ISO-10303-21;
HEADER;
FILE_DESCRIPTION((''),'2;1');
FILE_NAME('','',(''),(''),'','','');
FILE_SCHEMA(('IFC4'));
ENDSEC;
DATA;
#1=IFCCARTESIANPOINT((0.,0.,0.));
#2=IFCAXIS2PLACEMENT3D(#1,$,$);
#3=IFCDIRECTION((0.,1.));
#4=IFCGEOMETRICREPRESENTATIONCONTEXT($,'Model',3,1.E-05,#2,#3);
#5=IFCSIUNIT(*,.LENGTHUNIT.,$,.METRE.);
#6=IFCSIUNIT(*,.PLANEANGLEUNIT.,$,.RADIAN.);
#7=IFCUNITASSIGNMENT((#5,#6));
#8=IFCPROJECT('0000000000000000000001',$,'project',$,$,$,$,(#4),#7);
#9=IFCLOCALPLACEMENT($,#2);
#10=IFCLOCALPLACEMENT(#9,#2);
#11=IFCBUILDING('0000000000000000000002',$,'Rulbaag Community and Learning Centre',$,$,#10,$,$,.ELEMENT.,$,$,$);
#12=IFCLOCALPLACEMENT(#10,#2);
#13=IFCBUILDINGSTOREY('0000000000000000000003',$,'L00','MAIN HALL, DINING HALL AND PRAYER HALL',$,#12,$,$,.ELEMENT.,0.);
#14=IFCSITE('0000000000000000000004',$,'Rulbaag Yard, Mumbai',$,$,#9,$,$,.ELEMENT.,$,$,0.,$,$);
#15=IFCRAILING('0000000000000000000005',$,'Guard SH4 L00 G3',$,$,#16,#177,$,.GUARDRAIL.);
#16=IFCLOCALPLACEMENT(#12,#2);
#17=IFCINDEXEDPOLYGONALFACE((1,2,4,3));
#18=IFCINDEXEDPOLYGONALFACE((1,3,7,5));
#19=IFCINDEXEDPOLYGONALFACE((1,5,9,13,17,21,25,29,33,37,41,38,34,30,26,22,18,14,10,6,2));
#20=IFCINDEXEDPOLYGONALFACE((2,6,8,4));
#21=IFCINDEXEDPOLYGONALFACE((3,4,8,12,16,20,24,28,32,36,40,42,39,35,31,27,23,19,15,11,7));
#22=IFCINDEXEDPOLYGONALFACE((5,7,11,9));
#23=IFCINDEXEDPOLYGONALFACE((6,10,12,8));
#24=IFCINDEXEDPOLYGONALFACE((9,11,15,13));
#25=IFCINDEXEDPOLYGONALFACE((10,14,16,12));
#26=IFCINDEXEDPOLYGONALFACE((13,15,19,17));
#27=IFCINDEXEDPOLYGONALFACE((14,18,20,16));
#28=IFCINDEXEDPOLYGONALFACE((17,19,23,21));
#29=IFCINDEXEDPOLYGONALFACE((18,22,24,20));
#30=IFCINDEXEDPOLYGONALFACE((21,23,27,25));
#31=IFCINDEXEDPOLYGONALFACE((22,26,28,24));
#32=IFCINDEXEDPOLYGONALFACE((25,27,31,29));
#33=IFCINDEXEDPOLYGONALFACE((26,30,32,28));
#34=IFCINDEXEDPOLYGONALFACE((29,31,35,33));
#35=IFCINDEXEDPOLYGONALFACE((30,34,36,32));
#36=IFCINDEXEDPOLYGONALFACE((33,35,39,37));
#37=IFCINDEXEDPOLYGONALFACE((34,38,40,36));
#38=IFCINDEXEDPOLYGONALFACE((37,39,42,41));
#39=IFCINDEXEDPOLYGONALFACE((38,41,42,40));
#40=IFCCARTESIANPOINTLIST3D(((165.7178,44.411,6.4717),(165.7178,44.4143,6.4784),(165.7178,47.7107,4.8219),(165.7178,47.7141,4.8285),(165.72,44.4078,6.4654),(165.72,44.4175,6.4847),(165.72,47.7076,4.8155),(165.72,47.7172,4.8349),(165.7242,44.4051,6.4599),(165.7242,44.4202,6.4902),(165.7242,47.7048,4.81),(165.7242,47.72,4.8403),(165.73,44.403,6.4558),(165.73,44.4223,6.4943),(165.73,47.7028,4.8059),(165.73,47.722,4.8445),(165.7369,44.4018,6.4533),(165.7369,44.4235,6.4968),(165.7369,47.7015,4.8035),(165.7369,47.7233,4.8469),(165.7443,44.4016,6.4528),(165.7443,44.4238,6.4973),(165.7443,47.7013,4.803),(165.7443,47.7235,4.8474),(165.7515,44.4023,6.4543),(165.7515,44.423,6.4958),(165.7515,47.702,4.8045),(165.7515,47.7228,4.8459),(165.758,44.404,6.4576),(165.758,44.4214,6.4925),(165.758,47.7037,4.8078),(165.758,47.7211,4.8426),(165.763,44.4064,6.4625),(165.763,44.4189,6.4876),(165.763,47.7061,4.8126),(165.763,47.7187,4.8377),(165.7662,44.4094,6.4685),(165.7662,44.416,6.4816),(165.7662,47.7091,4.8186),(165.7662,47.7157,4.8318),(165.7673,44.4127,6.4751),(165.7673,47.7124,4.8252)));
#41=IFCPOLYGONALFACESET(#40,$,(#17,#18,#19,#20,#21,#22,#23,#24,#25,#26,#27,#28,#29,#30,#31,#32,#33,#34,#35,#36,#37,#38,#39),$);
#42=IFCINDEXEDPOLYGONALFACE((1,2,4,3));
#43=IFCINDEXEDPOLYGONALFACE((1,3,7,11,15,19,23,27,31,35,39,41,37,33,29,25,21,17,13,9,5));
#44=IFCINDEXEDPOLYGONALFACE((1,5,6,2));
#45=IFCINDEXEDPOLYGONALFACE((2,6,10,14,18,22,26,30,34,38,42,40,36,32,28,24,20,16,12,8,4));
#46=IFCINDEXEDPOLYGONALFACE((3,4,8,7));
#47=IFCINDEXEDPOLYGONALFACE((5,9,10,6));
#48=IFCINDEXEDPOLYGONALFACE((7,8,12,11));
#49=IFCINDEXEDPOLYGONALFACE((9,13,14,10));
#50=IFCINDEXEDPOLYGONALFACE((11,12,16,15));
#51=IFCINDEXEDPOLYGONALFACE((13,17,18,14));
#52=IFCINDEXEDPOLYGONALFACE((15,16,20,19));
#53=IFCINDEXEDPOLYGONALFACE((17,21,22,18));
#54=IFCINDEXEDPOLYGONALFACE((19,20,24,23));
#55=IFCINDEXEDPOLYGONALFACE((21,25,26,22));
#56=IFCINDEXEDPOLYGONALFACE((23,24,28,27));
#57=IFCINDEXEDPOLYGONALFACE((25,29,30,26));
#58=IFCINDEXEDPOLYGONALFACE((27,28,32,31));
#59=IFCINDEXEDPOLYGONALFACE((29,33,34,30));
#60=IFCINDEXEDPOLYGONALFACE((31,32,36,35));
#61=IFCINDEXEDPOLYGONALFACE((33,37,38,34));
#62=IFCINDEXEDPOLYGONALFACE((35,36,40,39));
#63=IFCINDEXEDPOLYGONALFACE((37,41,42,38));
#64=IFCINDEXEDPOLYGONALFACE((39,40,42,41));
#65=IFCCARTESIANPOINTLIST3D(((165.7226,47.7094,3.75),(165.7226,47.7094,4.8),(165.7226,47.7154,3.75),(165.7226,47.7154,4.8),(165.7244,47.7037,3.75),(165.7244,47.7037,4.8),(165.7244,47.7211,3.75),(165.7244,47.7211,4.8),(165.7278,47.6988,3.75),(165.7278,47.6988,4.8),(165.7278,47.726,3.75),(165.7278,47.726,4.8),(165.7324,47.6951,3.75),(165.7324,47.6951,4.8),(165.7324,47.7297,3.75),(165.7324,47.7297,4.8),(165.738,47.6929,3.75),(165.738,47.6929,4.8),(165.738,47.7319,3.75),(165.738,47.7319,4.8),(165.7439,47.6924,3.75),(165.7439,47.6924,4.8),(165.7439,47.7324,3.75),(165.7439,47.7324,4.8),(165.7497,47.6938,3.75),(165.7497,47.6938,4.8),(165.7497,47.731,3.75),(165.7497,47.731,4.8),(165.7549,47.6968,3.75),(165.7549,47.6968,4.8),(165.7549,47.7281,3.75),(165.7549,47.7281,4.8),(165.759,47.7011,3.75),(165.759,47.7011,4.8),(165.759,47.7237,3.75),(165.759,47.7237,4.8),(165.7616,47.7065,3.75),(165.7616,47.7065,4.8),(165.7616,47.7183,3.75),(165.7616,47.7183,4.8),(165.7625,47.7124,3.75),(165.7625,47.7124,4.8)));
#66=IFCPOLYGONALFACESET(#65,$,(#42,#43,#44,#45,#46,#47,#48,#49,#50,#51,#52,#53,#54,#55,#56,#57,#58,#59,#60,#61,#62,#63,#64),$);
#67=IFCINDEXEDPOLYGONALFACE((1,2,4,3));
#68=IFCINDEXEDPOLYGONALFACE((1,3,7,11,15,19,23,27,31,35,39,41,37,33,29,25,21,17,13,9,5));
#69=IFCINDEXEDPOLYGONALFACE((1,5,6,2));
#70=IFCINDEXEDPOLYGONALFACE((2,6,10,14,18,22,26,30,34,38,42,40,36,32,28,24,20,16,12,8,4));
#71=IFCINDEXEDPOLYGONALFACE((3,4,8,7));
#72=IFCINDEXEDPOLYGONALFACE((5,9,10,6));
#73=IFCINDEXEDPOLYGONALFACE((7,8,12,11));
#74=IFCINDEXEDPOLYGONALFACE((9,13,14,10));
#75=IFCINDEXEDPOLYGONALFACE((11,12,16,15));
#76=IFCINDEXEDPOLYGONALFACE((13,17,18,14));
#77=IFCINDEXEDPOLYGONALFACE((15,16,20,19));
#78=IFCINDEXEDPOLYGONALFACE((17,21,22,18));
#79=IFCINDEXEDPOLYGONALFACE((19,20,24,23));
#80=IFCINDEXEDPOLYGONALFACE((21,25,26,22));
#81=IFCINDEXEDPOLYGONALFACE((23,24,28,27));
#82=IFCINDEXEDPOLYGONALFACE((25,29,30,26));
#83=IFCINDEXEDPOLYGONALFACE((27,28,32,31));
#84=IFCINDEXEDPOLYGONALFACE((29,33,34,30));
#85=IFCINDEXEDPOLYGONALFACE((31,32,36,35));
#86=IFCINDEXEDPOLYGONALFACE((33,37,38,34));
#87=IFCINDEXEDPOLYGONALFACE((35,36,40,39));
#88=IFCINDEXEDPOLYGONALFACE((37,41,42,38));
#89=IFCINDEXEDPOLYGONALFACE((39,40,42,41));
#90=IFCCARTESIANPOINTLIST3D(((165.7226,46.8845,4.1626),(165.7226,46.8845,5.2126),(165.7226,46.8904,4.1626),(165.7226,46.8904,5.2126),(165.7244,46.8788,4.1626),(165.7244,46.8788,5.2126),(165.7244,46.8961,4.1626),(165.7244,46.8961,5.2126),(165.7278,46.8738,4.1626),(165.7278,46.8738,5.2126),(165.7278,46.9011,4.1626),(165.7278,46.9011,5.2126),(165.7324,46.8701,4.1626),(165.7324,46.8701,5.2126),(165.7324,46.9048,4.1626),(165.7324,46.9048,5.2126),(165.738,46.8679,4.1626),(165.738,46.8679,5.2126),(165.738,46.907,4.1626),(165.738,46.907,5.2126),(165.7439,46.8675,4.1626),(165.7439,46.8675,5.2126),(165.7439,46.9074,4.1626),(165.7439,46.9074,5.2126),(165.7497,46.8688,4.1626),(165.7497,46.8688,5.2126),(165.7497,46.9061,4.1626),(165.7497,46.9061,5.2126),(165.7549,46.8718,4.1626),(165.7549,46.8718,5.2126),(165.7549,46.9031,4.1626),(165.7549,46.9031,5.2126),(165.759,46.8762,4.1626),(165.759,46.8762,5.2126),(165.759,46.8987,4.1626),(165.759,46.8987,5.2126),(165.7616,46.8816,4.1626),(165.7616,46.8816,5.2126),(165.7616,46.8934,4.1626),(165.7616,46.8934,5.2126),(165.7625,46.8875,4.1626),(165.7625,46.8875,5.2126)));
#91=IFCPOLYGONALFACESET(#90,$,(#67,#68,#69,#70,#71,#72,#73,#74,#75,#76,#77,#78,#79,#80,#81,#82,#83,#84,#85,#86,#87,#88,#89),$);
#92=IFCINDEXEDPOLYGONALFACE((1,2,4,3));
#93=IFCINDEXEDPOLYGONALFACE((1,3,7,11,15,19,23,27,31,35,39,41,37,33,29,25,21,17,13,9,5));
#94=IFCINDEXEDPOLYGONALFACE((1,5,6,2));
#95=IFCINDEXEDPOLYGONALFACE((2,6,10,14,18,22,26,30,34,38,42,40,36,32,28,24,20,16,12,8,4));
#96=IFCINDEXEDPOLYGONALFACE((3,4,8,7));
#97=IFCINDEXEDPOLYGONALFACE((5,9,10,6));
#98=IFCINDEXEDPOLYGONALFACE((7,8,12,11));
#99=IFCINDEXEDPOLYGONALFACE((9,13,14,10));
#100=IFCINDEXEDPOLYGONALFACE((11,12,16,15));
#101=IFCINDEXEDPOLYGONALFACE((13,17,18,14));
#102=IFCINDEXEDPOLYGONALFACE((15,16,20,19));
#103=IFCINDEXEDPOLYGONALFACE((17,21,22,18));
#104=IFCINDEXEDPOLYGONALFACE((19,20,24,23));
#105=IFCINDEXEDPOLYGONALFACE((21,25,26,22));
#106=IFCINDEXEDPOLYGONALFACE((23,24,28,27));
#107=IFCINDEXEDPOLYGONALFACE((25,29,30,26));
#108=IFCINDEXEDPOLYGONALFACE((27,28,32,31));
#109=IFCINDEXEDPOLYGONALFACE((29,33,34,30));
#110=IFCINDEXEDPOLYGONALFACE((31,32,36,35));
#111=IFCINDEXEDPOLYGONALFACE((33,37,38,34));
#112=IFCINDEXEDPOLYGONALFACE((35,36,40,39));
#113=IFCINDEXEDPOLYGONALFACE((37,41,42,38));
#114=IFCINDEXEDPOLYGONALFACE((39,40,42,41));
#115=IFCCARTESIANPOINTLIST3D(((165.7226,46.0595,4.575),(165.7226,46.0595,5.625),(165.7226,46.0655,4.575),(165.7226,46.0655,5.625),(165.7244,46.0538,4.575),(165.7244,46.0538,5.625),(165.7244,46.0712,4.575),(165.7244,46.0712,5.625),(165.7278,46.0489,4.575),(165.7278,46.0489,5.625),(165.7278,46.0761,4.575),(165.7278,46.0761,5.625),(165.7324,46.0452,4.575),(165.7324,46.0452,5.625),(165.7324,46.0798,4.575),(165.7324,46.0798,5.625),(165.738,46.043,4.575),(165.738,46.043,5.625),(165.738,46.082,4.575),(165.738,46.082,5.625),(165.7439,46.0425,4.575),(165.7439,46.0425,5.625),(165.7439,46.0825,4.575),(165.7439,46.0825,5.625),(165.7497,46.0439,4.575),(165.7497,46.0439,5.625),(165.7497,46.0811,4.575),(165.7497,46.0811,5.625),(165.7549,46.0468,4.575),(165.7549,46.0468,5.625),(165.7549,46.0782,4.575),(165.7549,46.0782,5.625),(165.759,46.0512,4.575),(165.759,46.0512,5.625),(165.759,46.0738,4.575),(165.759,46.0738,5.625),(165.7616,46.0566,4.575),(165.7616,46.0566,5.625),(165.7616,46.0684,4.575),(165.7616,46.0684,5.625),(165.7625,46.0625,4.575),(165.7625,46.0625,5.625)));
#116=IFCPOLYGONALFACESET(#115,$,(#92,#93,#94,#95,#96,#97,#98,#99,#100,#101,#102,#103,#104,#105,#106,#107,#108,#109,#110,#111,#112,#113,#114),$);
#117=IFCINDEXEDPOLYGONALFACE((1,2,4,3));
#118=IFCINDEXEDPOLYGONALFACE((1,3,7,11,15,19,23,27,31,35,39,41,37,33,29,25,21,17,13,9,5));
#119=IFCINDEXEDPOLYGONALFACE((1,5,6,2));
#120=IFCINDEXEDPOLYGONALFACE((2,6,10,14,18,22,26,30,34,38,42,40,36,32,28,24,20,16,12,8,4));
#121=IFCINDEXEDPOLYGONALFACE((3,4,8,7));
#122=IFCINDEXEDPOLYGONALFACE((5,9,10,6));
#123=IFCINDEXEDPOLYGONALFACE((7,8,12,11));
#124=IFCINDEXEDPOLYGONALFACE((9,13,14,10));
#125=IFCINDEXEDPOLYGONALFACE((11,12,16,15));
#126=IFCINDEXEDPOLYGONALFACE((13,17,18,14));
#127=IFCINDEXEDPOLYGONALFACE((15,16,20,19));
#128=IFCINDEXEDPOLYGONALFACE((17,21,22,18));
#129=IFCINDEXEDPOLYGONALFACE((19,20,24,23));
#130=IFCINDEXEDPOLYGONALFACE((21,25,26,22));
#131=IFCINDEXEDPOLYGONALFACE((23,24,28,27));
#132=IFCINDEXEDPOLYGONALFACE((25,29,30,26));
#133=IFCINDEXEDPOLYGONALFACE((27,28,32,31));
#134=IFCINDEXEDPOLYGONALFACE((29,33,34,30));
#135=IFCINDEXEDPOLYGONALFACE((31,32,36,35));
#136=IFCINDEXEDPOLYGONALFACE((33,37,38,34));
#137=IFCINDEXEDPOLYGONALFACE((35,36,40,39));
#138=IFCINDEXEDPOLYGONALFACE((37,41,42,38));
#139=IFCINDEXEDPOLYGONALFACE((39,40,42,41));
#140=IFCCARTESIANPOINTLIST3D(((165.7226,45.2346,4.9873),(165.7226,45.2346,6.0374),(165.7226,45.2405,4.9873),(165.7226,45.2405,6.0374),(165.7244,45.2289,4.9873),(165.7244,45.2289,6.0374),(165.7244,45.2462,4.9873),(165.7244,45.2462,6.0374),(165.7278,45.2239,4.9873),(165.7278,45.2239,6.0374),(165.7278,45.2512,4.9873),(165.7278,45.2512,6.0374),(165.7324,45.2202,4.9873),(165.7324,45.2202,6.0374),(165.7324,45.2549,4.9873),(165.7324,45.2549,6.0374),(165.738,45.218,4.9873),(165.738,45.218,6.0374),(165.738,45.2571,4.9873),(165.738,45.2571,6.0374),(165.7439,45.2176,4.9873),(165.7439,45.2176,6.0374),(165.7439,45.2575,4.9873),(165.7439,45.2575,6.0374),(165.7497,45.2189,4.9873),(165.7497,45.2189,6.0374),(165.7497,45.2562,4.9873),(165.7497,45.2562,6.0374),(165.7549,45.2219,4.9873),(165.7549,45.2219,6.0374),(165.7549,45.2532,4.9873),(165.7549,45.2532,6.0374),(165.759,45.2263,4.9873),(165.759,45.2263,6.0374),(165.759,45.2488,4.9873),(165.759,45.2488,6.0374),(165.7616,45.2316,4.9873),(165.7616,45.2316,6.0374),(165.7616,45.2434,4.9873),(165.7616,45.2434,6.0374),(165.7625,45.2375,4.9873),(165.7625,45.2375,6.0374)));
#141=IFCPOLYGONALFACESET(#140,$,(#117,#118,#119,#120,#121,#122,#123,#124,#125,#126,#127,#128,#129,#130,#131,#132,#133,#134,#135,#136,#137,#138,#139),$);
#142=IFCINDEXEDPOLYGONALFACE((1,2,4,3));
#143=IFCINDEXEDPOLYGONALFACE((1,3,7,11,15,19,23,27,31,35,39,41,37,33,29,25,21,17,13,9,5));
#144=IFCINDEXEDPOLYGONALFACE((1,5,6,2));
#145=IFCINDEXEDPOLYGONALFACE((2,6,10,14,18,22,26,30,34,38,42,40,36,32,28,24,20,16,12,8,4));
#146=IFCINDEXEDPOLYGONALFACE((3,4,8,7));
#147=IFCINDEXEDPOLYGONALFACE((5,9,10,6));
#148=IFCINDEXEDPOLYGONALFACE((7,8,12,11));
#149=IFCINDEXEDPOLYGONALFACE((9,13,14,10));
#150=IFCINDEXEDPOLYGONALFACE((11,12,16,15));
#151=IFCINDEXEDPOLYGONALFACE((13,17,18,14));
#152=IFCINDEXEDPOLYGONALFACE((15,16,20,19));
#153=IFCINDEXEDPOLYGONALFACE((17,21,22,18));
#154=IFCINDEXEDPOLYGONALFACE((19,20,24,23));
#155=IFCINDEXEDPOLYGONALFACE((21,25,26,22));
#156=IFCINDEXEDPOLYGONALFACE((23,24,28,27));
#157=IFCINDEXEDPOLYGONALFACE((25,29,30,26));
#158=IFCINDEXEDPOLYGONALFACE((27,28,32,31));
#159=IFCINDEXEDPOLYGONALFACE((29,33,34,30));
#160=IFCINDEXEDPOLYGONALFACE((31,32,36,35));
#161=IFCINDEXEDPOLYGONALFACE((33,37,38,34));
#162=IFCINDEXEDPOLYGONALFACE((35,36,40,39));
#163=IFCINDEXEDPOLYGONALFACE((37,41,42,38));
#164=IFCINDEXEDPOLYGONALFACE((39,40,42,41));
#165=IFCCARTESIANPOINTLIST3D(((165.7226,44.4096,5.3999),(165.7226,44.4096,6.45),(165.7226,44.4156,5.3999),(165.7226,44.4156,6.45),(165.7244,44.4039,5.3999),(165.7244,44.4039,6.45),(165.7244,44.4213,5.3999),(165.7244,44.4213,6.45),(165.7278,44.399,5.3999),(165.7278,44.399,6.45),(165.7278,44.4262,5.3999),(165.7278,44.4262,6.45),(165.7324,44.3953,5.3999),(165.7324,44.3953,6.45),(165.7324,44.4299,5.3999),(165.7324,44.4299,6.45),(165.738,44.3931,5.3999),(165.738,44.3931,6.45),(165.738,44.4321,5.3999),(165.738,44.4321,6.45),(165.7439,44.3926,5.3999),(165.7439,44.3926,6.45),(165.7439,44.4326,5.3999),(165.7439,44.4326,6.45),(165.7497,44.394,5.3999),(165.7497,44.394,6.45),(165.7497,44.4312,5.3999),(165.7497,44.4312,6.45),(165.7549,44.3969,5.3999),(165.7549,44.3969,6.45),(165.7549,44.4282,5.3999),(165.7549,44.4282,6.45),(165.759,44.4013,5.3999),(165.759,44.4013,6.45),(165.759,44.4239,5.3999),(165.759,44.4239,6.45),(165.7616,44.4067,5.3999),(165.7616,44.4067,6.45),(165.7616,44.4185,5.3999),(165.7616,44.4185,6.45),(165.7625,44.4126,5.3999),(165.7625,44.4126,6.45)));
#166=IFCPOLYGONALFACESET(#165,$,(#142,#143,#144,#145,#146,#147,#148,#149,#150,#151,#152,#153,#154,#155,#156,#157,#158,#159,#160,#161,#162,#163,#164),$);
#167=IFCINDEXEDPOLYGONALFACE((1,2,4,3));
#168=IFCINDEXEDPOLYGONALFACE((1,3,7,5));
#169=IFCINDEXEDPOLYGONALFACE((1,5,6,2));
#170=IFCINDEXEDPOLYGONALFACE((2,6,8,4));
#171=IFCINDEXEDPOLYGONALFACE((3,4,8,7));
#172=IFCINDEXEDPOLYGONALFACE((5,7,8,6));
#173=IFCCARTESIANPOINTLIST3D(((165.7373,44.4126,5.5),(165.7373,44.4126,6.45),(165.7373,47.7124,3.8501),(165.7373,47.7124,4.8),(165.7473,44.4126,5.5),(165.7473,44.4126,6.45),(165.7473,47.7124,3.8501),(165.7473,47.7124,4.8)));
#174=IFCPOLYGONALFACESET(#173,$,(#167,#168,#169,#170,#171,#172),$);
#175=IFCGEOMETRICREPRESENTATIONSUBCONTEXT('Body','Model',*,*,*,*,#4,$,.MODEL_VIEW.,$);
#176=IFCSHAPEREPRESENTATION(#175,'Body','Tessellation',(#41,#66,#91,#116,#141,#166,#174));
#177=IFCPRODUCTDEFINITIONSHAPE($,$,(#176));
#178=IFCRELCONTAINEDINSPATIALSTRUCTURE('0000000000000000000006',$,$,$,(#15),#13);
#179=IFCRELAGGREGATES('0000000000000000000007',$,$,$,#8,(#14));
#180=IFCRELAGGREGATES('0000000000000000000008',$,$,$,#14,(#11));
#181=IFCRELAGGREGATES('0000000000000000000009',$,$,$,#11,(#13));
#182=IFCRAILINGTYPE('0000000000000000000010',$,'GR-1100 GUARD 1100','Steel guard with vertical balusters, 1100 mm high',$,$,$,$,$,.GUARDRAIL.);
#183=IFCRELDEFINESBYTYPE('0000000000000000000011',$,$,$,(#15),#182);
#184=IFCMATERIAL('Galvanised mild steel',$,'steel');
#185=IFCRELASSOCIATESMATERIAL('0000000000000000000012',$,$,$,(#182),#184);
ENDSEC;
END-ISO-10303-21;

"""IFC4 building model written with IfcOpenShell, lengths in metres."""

from ifc_helpers import new_model, si_unit, direction, frame, origin, origin_2d, place, context, subcontext, project, spatial, polyline, circle, outline, extrude, material, type_object, element, save


model = new_model("IFC4")

# Units and contexts
model_context = context("Model", 3, precision=1e-05, world=origin(), true_north=direction((0.0, 1.0)))
body_context = subcontext(model_context, "Body", "Model", "MODEL_VIEW")
ifc_project = project(units=[si_unit("LENGTHUNIT", "METRE"), si_unit("PLANEANGLEUNIT", "RADIAN")], contexts=[model_context])

# Site, building, storey
site_placement = place(None, origin())
site = spatial("IfcSite", under=ifc_project, at=site_placement, Name="Rulbaag Yard, Mumbai", CompositionType="ELEMENT", RefElevation=0.0)
building_placement = place(site_placement, origin())
building = spatial("IfcBuilding", under=site, at=building_placement, Name="Rulbaag Community and Learning Centre", CompositionType="ELEMENT")
storey_placement = place(building_placement, origin())
storey = spatial("IfcBuildingStorey", under=building, at=storey_placement, Name="L00", Description="MAIN HALL, DINING HALL AND PRAYER HALL", CompositionType="ELEMENT", Elevation=0.0)

# Railing
ifc_material_1 = material(Name="Galvanised mild steel", Category="steel")
railing_type_1 = type_object("IfcRailingType", Name="GR-1100 GUARD 1100", Description="Steel guard with vertical balusters, 1100 mm high", PredefinedType="GUARDRAIL", material=ifc_material_1)
railing_1_placement = place(storey_placement, frame((165.7424, 47.7124, 3.75)))
element("IfcRailing", 1, at=railing_1_placement, inside=storey, type_object=railing_type_1, Name="Guard SH4 L00 G3", PredefinedType="GUARDRAIL", context=body_context, shape_type="SweptSolid", body=[
    extrude(circle(Radius=0.0249, at=origin_2d()), frame((0.0, 0.0, 1.0752), z_axis=(0.0, -0.894427, 0.447214), x_axis=(1.0, 0.0, 0.0)), (0.0, 0.0, 1.0), 3.6892),
    extrude(circle(Radius=0.02, at=origin_2d()), origin(), (0.0, 0.0, 1.0), 1.05),
    extrude(circle(Radius=0.02, at=origin_2d()), frame((0.0, -0.825, 0.4126)), (0.0, 0.0, 1.0), 1.05),
    extrude(circle(Radius=0.02, at=origin_2d()), frame((0.0, -1.6499, 0.825)), (0.0, 0.0, 1.0), 1.05),
    extrude(circle(Radius=0.02, at=origin_2d()), frame((0.0, -2.4749, 1.2373)), (0.0, 0.0, 1.0), 1.05),
    extrude(circle(Radius=0.02, at=origin_2d()), frame((0.0, -3.2998, 1.6499)), (0.0, 0.0, 1.0), 1.05),
    extrude(outline(polyline([(0.0, 0.0), (3.2998, 1.6499), (3.2998, 2.5999), (0.0, 0.95), (0.0, 0.0)])), frame((0.0049, 0.0, 0.1001), z_axis=(-1.0, 0.0, 0.0), x_axis=(0.0, -1.0, 0.0)), (0.0, 0.0, 1.0), 0.01),
])

save(model, "model.ifc")
